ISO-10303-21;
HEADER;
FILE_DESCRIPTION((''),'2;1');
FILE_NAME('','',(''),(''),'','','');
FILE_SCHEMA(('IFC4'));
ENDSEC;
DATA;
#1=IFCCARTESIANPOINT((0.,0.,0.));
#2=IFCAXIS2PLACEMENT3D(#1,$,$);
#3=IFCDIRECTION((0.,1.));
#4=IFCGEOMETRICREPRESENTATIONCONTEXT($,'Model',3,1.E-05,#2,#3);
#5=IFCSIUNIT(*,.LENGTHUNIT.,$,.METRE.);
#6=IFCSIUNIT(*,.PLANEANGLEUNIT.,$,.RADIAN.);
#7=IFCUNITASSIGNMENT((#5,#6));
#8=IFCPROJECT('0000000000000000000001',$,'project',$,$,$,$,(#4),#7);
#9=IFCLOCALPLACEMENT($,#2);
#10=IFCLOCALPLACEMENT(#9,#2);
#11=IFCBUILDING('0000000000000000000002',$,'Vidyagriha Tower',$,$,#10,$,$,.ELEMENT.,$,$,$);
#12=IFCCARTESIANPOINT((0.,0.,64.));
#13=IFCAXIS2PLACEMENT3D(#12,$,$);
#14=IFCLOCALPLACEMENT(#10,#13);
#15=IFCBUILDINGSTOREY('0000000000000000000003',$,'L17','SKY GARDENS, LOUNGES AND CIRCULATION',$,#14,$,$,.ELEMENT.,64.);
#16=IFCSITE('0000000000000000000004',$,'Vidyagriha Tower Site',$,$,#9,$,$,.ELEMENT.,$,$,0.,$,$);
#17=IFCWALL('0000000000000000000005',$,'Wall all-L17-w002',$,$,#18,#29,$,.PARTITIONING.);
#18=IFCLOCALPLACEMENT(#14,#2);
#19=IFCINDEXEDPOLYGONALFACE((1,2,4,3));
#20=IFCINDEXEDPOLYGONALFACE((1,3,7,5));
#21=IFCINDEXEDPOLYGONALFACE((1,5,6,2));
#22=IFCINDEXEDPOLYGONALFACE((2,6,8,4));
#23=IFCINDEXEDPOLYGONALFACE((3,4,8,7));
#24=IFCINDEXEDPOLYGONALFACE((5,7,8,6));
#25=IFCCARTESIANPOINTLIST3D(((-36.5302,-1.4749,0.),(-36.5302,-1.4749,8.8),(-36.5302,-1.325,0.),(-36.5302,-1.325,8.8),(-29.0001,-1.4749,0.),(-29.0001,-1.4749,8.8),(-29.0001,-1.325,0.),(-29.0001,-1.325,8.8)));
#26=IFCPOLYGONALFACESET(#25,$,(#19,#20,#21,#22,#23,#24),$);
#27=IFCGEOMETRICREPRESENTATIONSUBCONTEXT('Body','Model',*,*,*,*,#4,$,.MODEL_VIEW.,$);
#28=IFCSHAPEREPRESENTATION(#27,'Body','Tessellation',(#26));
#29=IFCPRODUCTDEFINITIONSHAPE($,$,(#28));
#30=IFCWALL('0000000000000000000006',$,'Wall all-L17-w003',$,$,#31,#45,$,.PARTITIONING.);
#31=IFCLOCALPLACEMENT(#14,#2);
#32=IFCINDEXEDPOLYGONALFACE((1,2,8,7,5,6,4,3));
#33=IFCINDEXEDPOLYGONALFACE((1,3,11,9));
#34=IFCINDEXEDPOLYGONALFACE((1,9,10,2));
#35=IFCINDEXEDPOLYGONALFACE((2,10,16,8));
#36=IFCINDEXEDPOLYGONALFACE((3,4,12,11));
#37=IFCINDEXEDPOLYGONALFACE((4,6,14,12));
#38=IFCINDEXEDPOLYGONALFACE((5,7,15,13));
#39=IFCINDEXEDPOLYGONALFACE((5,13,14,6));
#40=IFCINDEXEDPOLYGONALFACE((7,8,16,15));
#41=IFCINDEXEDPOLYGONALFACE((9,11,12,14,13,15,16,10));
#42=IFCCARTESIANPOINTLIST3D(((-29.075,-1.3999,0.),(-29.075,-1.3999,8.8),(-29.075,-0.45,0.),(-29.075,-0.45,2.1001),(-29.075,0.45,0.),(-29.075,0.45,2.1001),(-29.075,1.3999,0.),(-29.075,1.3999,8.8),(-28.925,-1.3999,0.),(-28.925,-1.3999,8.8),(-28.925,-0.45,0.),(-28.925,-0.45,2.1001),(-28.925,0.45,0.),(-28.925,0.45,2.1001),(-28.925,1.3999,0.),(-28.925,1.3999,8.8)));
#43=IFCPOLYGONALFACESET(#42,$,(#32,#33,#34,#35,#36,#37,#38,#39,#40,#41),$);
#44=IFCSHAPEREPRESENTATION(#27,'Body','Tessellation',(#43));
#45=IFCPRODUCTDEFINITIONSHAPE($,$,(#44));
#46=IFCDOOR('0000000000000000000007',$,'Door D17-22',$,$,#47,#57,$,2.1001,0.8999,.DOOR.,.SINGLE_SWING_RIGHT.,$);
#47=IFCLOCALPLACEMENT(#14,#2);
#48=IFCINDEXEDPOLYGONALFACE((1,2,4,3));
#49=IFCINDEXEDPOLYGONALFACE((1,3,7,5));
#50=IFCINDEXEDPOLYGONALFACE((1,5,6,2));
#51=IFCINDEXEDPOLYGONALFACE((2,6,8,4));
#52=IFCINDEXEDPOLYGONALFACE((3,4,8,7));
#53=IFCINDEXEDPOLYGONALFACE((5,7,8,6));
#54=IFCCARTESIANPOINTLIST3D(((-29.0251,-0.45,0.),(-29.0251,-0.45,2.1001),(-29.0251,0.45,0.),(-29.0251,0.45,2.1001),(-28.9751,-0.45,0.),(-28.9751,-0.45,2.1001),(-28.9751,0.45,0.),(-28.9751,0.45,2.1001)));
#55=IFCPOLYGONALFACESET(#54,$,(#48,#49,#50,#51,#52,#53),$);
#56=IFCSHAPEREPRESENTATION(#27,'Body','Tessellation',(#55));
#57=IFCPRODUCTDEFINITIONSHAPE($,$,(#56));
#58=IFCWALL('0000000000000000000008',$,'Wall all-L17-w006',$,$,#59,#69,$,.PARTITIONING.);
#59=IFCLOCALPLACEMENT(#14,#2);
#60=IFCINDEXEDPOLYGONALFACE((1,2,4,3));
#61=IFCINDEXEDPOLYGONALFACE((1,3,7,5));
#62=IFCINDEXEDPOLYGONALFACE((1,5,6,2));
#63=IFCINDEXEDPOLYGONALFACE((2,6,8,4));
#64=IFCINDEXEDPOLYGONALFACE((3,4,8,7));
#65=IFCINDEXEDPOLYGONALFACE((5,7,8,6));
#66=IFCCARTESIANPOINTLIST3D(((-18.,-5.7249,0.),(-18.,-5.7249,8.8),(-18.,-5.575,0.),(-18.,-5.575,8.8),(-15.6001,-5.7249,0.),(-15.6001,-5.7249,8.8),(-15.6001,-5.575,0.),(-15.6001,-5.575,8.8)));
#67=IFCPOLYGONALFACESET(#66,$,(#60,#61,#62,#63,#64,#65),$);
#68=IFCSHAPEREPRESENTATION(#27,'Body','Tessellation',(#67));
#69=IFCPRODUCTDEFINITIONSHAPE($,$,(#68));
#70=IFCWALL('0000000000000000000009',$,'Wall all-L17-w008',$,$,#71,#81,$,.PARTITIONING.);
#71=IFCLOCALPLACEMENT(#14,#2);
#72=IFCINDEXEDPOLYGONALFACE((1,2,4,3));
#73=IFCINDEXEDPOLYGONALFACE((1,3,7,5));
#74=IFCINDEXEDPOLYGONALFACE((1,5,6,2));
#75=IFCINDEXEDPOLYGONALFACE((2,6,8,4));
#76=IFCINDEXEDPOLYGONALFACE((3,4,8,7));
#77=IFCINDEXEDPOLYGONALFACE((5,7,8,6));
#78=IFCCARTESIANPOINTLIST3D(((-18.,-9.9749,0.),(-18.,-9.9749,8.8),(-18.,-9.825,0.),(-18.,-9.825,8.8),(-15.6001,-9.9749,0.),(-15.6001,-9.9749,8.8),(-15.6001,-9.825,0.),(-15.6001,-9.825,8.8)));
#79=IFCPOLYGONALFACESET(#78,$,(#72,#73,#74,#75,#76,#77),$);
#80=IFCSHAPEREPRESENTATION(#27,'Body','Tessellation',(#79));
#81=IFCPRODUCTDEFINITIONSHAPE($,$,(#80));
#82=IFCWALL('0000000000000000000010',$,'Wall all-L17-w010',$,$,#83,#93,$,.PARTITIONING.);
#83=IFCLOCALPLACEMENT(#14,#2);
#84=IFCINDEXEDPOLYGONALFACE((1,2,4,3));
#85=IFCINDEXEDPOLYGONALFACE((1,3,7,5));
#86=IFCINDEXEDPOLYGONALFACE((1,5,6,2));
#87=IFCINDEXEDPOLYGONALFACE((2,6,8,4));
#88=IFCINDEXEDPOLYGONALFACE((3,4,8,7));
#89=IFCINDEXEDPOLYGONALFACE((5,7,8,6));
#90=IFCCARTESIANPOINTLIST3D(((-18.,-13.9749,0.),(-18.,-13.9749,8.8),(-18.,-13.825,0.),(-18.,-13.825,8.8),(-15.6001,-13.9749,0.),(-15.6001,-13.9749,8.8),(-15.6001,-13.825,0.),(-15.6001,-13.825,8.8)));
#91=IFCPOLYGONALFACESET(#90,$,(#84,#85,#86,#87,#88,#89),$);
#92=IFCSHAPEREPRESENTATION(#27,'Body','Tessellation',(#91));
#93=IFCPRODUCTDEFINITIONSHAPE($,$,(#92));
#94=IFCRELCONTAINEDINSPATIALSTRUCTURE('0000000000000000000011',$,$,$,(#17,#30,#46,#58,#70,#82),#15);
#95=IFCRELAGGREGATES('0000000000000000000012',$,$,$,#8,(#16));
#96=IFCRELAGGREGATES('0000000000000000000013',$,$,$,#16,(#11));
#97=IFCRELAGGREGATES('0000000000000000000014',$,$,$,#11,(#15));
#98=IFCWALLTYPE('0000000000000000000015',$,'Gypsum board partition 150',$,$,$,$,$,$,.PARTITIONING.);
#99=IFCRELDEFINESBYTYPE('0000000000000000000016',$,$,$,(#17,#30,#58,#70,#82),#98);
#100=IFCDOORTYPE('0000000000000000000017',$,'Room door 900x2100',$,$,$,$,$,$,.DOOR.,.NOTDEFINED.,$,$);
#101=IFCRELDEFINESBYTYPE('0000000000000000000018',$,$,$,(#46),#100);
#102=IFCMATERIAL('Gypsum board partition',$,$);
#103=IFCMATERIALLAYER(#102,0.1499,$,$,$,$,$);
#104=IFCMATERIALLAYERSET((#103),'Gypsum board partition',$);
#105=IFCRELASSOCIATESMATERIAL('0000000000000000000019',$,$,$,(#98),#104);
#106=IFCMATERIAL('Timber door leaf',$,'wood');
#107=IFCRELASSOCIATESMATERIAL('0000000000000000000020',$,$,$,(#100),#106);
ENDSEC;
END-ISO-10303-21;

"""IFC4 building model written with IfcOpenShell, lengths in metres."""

from ifc_helpers import new_model, si_unit, direction, frame, frame_2d, origin, place, context, subcontext, project, spatial, rectangle, extrude, material, layer, layer_set, type_object, element, fill, save


model = new_model("IFC4")

# Units and contexts
model_context = context("Model", 3, precision=1e-05, world=origin(), true_north=direction((0.0, 1.0)))
body_context = subcontext(model_context, "Body", "Model", "MODEL_VIEW")
ifc_project = project(units=[si_unit("LENGTHUNIT", "METRE"), si_unit("PLANEANGLEUNIT", "RADIAN")], contexts=[model_context])

# Site, building, storey
site_placement = place(None, origin())
site = spatial("IfcSite", under=ifc_project, at=site_placement, Name="Vidyagriha Tower Site", CompositionType="ELEMENT", RefElevation=0.0)
building_placement = place(site_placement, origin())
building = spatial("IfcBuilding", under=site, at=building_placement, Name="Vidyagriha Tower", CompositionType="ELEMENT")
storey_placement = place(building_placement, frame((0.0, 0.0, 64.0)))
storey = spatial("IfcBuildingStorey", under=building, at=storey_placement, Name="L17", Description="SKY GARDENS, LOUNGES AND CIRCULATION", CompositionType="ELEMENT", Elevation=64.0)

# Wall
ifc_material_1 = material(Name="Gypsum board partition")
ifc_layer_1 = layer(ifc_material_1, 0.1499)
ifc_layer_set_1 = layer_set([ifc_layer_1], Name="Gypsum board partition")
wall_type_1 = type_object("IfcWallType", Name="Gypsum board partition 150", PredefinedType="PARTITIONING", material=ifc_layer_set_1)
wall_1_placement = place(storey_placement, frame((-29.0, -1.3999, 0.0), z_axis=(0.0, 0.0, 1.0), x_axis=(-1.0, 0.0, 0.0)))
element("IfcWall", 1, at=wall_1_placement, inside=storey, type_object=wall_type_1, Name="Wall all-L17-w002", PredefinedType="PARTITIONING", context=body_context, shape_type="SweptSolid", body=[
    extrude(rectangle(XDim=7.53, YDim=0.1499, at=frame_2d((3.7651, 0.0))), origin(), (0.0, 0.0, 1.0), 8.8),
])

# Wall, opening, door
wall_2_placement = place(storey_placement, frame((-29.0, 1.3999, 0.0), z_axis=(0.0, 0.0, 1.0), x_axis=(0.0, -1.0, 0.0)))
wall_2 = element("IfcWall", 2, at=wall_2_placement, inside=storey, type_object=wall_type_1, Name="Wall all-L17-w003", PredefinedType="PARTITIONING", context=body_context, shape_type="SweptSolid", body=[
    extrude(rectangle(XDim=2.7998, YDim=0.1499, at=frame_2d((1.3999, 0.0))), origin(), (0.0, 0.0, 1.0), 8.8),
])
opening_1_placement = place(wall_2_placement, frame((0.95, 0.0, 0.0)))
opening_1 = element("IfcOpeningElement", 3, at=opening_1_placement, cuts=wall_2, PredefinedType="OPENING", context=body_context, shape_type="SweptSolid", body=[
    extrude(rectangle(XDim=0.8999, YDim=2.1001, at=frame_2d((0.45, 1.05))), frame((0.0, 0.085, 0.0), z_axis=(0.0, -1.0, 0.0), x_axis=(1.0, 0.0, 0.0)), (0.0, 0.0, 1.0), 0.1699),
])
ifc_material_2 = material(Name="Timber door leaf", Category="wood")
door_type_1 = type_object("IfcDoorType", Name="Room door 900x2100", OperationType="NOTDEFINED", PredefinedType="DOOR", material=ifc_material_2)
door_1_placement = place(opening_1_placement, origin())
door_1 = element("IfcDoor", 4, at=door_1_placement, inside=storey, type_object=door_type_1, Name="Door D17-22", OperationType="SINGLE_SWING_RIGHT", OverallHeight=2.1001, OverallWidth=0.8999, PredefinedType="DOOR", context=body_context, shape_type="SweptSolid", body=[
    extrude(rectangle(XDim=0.8999, YDim=2.1001, at=frame_2d((0.45, 1.05))), frame((0.0, 0.0249, 0.0), z_axis=(0.0, -1.0, 0.0), x_axis=(1.0, 0.0, 0.0)), (0.0, 0.0, 1.0), 0.05),
])
fill(opening_1, door_1)

# Walls
for number, where, z_axis, x_axis, name in (
    (5, (-15.6001, -5.6499, 0.0), (0.0, 0.0, 1.0), (-1.0, 0.0, 0.0), "Wall all-L17-w006"),
    (6, (-15.6001, -9.8999, 0.0), (0.0, 0.0, 1.0), (-1.0, 0.0, 0.0), "Wall all-L17-w008"),
    (7, (-15.6001, -13.8999, 0.0), (0.0, 0.0, 1.0), (-1.0, 0.0, 0.0), "Wall all-L17-w010"),
):
    element("IfcWall", number, at=place(storey_placement, frame(where, z_axis=z_axis, x_axis=x_axis)), inside=storey, type_object=wall_type_1, Name=name, PredefinedType="PARTITIONING", context=body_context, shape_type="SweptSolid", body=[
        extrude(rectangle(XDim=2.3999, YDim=0.1499, at=frame_2d((1.2, 0.0))), origin(), (0.0, 0.0, 1.0), 8.8),
    ])

save(model, "model.ifc")
